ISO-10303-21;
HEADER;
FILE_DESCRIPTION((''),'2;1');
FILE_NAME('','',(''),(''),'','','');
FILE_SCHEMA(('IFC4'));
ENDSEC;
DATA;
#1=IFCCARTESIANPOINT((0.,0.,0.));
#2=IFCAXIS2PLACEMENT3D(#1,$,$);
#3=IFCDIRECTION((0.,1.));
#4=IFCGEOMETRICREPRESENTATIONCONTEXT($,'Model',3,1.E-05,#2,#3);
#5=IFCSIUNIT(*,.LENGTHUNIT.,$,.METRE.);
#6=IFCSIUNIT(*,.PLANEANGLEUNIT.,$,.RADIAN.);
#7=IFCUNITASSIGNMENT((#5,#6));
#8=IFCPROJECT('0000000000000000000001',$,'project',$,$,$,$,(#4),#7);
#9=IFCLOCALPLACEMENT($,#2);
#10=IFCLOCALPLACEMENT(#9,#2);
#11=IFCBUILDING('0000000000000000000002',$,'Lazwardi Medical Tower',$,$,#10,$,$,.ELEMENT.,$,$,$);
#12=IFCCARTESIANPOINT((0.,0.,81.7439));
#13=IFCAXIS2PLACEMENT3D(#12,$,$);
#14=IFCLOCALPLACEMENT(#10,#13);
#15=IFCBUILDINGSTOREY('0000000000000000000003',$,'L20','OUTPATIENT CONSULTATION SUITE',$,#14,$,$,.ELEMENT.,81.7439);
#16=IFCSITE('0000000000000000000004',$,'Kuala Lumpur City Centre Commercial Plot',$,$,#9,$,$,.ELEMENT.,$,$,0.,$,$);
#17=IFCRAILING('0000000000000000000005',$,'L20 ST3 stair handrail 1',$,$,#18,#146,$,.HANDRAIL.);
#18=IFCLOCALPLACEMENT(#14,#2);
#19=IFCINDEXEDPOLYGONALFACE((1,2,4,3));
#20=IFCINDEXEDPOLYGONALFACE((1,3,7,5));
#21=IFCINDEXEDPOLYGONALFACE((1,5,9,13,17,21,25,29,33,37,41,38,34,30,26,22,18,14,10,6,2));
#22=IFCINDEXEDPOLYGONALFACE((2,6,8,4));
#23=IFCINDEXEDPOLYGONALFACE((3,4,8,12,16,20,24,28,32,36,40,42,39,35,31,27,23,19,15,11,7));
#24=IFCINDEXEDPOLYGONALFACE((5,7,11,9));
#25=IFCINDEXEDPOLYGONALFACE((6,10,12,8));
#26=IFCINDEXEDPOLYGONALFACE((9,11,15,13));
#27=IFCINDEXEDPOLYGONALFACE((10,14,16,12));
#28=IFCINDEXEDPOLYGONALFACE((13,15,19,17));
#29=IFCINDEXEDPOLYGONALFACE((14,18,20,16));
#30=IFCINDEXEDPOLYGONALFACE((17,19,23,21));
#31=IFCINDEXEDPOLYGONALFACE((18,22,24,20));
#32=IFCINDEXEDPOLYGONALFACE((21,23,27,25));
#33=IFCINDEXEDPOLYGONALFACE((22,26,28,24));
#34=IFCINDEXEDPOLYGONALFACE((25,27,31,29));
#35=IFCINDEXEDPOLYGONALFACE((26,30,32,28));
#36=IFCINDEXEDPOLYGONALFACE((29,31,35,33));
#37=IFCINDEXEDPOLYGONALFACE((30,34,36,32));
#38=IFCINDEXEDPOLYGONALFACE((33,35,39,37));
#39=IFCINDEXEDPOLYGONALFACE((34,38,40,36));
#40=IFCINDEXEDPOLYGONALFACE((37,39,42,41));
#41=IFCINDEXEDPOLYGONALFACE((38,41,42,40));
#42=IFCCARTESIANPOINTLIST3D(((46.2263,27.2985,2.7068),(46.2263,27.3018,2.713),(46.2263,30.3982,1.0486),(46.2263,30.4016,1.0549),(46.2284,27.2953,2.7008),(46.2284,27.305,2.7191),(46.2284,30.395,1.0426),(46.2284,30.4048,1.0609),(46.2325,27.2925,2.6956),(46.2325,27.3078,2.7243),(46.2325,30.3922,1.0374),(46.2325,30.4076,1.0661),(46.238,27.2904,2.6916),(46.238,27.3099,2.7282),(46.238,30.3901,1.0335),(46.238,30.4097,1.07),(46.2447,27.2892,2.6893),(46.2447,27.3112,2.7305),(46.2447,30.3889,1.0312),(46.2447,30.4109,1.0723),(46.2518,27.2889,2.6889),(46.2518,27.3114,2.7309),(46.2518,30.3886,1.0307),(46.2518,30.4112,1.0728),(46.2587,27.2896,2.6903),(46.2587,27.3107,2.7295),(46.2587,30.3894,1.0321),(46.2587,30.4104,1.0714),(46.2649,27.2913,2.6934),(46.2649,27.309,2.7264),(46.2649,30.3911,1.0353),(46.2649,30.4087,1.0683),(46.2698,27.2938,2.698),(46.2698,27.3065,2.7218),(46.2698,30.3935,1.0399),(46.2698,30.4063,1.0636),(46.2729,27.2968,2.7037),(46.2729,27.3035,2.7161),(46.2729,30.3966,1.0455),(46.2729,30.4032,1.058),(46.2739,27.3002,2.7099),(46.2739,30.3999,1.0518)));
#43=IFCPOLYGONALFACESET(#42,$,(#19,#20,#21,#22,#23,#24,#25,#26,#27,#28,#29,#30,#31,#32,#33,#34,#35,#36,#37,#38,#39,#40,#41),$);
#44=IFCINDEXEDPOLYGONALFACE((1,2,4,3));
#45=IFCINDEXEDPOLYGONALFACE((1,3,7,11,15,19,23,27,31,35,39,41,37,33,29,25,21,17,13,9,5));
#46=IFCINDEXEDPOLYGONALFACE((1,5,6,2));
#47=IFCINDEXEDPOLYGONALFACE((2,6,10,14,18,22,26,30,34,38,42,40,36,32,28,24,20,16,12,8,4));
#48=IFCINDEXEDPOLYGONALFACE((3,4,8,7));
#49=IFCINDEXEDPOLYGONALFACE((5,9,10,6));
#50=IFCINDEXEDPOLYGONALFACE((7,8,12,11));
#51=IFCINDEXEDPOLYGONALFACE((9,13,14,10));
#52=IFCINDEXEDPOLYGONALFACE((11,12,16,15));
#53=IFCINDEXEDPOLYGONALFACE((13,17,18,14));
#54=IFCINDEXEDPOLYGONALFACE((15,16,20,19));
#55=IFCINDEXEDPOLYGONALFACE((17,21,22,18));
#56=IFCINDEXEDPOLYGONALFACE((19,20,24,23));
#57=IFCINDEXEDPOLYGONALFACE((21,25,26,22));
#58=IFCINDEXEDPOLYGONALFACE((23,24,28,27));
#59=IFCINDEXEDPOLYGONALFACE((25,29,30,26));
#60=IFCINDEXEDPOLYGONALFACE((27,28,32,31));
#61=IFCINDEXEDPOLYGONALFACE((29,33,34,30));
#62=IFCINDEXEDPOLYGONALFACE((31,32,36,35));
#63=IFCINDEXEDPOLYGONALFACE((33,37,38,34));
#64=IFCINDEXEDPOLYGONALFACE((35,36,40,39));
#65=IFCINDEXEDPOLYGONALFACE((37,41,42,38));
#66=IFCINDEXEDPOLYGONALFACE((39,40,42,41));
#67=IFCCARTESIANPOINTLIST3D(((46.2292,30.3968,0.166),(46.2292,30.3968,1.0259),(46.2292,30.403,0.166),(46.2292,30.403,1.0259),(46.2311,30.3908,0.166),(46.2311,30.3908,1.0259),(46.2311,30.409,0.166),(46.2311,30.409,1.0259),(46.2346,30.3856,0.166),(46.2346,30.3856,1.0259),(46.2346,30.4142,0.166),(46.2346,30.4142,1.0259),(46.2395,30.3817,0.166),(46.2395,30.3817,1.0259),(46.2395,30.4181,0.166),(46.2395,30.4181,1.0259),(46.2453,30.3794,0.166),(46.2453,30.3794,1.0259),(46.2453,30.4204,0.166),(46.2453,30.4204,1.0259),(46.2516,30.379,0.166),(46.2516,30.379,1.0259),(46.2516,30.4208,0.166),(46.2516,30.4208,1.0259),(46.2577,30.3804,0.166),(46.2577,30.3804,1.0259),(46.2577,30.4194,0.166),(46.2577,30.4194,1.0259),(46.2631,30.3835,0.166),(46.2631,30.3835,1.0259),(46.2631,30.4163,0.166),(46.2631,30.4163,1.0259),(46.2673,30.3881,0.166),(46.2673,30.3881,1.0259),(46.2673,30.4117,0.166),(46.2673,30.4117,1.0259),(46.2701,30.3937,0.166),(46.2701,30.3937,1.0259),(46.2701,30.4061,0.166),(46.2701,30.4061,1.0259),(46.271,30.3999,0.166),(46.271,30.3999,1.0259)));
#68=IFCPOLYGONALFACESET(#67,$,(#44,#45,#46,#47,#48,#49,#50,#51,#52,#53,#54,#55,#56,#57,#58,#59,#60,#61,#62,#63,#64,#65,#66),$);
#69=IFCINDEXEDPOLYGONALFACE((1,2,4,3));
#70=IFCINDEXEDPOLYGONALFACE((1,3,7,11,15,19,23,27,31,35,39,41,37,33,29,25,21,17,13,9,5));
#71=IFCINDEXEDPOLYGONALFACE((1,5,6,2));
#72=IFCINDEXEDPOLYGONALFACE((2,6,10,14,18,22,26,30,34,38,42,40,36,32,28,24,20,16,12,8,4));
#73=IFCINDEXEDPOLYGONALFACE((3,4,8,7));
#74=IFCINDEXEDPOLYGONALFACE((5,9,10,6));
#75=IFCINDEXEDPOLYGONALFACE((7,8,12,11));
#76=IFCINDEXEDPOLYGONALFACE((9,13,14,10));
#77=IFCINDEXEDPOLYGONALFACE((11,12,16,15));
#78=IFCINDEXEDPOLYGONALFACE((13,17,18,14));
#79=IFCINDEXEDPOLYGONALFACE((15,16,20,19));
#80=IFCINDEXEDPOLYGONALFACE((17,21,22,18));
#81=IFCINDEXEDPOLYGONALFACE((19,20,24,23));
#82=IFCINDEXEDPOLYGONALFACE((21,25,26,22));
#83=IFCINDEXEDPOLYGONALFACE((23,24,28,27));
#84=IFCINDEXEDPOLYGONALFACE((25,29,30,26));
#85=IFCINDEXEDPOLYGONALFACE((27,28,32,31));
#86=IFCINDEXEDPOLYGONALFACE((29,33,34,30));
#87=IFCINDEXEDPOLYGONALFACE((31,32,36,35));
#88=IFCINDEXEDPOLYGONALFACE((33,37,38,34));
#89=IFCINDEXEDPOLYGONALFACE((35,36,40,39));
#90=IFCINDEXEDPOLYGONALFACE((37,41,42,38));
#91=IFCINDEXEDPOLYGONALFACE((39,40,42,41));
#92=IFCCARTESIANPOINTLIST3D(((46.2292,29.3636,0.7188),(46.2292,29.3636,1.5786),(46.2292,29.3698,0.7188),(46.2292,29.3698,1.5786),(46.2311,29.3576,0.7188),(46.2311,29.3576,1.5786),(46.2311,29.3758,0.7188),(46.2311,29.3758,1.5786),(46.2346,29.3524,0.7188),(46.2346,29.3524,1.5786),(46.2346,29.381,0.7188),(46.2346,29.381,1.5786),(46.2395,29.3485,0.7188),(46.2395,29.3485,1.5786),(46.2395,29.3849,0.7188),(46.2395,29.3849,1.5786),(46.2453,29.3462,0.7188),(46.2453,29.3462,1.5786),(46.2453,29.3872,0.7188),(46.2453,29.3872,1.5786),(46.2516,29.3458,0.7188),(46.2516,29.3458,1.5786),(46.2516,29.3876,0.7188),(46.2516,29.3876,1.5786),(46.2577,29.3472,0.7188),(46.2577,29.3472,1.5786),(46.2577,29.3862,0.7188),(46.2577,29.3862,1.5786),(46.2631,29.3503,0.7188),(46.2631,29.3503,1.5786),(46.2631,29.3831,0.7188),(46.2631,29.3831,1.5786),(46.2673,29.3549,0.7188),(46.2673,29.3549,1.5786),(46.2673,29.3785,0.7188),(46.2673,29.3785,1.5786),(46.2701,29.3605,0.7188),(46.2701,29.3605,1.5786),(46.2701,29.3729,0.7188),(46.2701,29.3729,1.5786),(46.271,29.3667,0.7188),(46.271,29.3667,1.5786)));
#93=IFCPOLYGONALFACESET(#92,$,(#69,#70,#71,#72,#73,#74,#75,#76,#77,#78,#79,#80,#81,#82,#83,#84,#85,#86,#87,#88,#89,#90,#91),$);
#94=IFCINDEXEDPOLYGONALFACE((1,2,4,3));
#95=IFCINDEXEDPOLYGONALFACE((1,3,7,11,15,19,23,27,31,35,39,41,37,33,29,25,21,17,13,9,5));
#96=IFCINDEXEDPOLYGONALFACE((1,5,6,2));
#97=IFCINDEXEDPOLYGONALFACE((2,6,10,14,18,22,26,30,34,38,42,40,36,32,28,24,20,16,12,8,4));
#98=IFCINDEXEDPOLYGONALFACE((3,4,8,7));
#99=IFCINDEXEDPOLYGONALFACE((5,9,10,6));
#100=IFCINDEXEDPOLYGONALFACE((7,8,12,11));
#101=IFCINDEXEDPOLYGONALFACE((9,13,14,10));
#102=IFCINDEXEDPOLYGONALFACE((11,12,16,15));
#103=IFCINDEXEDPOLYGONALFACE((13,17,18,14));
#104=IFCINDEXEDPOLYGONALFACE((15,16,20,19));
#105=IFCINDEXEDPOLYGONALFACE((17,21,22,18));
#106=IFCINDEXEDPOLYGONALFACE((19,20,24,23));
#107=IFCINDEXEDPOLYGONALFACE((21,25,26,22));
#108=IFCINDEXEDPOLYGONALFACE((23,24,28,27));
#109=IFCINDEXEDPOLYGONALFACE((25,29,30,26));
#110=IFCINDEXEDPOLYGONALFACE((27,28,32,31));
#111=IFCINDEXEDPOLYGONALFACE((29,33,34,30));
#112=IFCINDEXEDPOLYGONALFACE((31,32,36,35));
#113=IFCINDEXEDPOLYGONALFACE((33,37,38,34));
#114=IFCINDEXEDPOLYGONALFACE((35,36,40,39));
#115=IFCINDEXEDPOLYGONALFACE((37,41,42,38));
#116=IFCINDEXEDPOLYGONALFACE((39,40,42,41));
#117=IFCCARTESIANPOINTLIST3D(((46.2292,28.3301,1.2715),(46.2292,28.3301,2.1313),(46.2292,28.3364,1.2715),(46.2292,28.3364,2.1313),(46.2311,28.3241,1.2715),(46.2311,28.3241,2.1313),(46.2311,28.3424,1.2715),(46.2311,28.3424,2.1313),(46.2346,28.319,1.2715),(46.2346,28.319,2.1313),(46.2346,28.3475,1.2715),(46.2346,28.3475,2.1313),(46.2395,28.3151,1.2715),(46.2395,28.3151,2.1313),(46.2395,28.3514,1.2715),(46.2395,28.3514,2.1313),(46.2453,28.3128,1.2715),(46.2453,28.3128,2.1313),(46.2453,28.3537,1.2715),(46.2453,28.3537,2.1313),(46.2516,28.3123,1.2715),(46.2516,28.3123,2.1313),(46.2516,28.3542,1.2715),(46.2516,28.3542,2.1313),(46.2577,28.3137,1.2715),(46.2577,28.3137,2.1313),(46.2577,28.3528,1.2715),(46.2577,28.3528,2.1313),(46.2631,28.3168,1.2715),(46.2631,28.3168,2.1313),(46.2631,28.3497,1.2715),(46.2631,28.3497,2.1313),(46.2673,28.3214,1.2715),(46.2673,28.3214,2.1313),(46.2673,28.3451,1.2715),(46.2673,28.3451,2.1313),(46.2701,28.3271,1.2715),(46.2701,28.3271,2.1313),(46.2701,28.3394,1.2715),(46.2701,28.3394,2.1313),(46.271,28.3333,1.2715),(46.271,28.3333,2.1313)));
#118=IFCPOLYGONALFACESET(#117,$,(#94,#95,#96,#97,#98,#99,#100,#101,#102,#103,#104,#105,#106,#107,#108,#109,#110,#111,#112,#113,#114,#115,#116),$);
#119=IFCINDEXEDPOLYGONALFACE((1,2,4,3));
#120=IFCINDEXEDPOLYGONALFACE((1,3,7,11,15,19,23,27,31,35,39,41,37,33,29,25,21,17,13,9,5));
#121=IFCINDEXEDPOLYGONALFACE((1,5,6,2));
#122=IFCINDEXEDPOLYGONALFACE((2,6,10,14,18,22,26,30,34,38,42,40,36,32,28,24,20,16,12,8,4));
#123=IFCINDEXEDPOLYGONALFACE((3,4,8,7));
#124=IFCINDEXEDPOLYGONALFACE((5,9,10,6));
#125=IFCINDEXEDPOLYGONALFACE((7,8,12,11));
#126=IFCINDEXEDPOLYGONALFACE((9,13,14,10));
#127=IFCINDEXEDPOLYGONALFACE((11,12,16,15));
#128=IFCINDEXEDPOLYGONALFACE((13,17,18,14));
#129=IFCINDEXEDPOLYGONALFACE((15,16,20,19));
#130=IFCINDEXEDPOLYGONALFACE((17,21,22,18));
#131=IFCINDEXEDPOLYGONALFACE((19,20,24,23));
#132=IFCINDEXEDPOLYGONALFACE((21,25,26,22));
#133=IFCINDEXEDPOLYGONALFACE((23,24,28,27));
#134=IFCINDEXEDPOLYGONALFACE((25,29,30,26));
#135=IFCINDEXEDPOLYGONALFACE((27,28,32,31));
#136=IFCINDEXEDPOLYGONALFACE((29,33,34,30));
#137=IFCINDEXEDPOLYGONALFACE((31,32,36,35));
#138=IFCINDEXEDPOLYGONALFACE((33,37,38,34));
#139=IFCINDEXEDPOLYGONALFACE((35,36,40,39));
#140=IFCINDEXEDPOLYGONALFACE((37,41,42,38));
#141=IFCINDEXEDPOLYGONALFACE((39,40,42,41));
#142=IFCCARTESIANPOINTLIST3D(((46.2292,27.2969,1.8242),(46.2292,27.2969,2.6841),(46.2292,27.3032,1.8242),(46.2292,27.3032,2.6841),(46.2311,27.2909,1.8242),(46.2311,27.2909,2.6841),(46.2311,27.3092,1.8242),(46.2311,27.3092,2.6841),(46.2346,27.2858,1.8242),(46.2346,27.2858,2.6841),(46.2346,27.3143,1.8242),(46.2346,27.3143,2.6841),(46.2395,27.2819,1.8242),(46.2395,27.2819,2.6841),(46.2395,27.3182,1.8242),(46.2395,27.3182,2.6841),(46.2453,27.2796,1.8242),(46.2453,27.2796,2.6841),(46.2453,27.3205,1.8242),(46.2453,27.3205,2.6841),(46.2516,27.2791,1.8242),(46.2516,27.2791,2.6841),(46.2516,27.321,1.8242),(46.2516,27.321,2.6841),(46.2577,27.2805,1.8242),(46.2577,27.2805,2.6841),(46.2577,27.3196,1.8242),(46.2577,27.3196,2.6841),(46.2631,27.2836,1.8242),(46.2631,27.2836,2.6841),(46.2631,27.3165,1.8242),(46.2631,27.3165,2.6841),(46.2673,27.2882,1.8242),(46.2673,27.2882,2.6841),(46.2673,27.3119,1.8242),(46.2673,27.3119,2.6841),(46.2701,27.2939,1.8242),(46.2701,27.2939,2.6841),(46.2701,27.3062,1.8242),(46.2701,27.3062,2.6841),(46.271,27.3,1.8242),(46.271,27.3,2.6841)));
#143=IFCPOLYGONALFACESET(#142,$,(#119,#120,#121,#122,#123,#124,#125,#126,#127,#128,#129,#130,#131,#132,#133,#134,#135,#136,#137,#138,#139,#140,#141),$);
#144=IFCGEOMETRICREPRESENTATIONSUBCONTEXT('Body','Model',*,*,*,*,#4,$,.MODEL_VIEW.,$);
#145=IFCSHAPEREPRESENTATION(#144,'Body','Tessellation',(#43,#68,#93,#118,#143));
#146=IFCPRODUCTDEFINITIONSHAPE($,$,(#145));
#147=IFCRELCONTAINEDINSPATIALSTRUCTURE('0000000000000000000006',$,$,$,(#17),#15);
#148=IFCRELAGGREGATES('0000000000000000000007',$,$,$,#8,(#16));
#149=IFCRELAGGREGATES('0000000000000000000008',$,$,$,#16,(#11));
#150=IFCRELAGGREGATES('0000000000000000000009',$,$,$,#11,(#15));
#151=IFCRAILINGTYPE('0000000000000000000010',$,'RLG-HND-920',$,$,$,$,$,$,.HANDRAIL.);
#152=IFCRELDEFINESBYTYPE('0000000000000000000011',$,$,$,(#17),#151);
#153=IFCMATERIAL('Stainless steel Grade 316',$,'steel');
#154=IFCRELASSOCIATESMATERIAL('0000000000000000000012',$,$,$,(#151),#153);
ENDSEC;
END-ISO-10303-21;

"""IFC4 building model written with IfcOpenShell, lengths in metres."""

from ifc_helpers import new_model, si_unit, direction, frame, origin, origin_2d, place, context, subcontext, project, spatial, circle, extrude, material, type_object, element, save


model = new_model("IFC4")

# Units and contexts
model_context = context("Model", 3, precision=1e-05, world=origin(), true_north=direction((0.0, 1.0)))
body_context = subcontext(model_context, "Body", "Model", "MODEL_VIEW")
ifc_project = project(units=[si_unit("LENGTHUNIT", "METRE"), si_unit("PLANEANGLEUNIT", "RADIAN")], contexts=[model_context])

# Site, building, storey
site_placement = place(None, origin())
site = spatial("IfcSite", under=ifc_project, at=site_placement, Name="Kuala Lumpur City Centre Commercial Plot", CompositionType="ELEMENT", RefElevation=0.0)
building_placement = place(site_placement, origin())
building = spatial("IfcBuilding", under=site, at=building_placement, Name="Lazwardi Medical Tower", CompositionType="ELEMENT")
storey_placement = place(building_placement, frame((0.0, 0.0, 81.7439)))
storey = spatial("IfcBuildingStorey", under=building, at=storey_placement, Name="L20", Description="OUTPATIENT CONSULTATION SUITE", CompositionType="ELEMENT", Elevation=81.7439)

# Railing
ifc_material_1 = material(Name="Stainless steel Grade 316", Category="steel")
railing_type_1 = type_object("IfcRailingType", Name="RLG-HND-920", PredefinedType="HANDRAIL", material=ifc_material_1)
railing_1_placement = place(storey_placement, frame((46.25, 30.3999, 0.166)))
element("IfcRailing", 1, at=railing_1_placement, inside=storey, type_object=railing_type_1, Name="L20 ST3 stair handrail 1", PredefinedType="HANDRAIL", context=body_context, shape_type="SweptSolid", body=[
    extrude(circle(Radius=0.0239, at=origin_2d()), frame((0.0, 0.0, 0.8857), z_axis=(0.0, -0.881768, 0.471684), x_axis=(1.0, 0.0, 0.0)), (0.0, 0.0, 1.0), 3.5154),
    extrude(circle(Radius=0.021, at=origin_2d()), origin(), (0.0, 0.0, 1.0), 0.8599),
    extrude(circle(Radius=0.021, at=origin_2d()), frame((0.0, -1.0332, 0.5527)), (0.0, 0.0, 1.0), 0.8599),
    extrude(circle(Radius=0.021, at=origin_2d()), frame((0.0, -2.0667, 1.1055)), (0.0, 0.0, 1.0), 0.8599),
    extrude(circle(Radius=0.021, at=origin_2d()), frame((0.0, -3.0999, 1.6582)), (0.0, 0.0, 1.0), 0.8599),
])

save(model, "model.ifc")
